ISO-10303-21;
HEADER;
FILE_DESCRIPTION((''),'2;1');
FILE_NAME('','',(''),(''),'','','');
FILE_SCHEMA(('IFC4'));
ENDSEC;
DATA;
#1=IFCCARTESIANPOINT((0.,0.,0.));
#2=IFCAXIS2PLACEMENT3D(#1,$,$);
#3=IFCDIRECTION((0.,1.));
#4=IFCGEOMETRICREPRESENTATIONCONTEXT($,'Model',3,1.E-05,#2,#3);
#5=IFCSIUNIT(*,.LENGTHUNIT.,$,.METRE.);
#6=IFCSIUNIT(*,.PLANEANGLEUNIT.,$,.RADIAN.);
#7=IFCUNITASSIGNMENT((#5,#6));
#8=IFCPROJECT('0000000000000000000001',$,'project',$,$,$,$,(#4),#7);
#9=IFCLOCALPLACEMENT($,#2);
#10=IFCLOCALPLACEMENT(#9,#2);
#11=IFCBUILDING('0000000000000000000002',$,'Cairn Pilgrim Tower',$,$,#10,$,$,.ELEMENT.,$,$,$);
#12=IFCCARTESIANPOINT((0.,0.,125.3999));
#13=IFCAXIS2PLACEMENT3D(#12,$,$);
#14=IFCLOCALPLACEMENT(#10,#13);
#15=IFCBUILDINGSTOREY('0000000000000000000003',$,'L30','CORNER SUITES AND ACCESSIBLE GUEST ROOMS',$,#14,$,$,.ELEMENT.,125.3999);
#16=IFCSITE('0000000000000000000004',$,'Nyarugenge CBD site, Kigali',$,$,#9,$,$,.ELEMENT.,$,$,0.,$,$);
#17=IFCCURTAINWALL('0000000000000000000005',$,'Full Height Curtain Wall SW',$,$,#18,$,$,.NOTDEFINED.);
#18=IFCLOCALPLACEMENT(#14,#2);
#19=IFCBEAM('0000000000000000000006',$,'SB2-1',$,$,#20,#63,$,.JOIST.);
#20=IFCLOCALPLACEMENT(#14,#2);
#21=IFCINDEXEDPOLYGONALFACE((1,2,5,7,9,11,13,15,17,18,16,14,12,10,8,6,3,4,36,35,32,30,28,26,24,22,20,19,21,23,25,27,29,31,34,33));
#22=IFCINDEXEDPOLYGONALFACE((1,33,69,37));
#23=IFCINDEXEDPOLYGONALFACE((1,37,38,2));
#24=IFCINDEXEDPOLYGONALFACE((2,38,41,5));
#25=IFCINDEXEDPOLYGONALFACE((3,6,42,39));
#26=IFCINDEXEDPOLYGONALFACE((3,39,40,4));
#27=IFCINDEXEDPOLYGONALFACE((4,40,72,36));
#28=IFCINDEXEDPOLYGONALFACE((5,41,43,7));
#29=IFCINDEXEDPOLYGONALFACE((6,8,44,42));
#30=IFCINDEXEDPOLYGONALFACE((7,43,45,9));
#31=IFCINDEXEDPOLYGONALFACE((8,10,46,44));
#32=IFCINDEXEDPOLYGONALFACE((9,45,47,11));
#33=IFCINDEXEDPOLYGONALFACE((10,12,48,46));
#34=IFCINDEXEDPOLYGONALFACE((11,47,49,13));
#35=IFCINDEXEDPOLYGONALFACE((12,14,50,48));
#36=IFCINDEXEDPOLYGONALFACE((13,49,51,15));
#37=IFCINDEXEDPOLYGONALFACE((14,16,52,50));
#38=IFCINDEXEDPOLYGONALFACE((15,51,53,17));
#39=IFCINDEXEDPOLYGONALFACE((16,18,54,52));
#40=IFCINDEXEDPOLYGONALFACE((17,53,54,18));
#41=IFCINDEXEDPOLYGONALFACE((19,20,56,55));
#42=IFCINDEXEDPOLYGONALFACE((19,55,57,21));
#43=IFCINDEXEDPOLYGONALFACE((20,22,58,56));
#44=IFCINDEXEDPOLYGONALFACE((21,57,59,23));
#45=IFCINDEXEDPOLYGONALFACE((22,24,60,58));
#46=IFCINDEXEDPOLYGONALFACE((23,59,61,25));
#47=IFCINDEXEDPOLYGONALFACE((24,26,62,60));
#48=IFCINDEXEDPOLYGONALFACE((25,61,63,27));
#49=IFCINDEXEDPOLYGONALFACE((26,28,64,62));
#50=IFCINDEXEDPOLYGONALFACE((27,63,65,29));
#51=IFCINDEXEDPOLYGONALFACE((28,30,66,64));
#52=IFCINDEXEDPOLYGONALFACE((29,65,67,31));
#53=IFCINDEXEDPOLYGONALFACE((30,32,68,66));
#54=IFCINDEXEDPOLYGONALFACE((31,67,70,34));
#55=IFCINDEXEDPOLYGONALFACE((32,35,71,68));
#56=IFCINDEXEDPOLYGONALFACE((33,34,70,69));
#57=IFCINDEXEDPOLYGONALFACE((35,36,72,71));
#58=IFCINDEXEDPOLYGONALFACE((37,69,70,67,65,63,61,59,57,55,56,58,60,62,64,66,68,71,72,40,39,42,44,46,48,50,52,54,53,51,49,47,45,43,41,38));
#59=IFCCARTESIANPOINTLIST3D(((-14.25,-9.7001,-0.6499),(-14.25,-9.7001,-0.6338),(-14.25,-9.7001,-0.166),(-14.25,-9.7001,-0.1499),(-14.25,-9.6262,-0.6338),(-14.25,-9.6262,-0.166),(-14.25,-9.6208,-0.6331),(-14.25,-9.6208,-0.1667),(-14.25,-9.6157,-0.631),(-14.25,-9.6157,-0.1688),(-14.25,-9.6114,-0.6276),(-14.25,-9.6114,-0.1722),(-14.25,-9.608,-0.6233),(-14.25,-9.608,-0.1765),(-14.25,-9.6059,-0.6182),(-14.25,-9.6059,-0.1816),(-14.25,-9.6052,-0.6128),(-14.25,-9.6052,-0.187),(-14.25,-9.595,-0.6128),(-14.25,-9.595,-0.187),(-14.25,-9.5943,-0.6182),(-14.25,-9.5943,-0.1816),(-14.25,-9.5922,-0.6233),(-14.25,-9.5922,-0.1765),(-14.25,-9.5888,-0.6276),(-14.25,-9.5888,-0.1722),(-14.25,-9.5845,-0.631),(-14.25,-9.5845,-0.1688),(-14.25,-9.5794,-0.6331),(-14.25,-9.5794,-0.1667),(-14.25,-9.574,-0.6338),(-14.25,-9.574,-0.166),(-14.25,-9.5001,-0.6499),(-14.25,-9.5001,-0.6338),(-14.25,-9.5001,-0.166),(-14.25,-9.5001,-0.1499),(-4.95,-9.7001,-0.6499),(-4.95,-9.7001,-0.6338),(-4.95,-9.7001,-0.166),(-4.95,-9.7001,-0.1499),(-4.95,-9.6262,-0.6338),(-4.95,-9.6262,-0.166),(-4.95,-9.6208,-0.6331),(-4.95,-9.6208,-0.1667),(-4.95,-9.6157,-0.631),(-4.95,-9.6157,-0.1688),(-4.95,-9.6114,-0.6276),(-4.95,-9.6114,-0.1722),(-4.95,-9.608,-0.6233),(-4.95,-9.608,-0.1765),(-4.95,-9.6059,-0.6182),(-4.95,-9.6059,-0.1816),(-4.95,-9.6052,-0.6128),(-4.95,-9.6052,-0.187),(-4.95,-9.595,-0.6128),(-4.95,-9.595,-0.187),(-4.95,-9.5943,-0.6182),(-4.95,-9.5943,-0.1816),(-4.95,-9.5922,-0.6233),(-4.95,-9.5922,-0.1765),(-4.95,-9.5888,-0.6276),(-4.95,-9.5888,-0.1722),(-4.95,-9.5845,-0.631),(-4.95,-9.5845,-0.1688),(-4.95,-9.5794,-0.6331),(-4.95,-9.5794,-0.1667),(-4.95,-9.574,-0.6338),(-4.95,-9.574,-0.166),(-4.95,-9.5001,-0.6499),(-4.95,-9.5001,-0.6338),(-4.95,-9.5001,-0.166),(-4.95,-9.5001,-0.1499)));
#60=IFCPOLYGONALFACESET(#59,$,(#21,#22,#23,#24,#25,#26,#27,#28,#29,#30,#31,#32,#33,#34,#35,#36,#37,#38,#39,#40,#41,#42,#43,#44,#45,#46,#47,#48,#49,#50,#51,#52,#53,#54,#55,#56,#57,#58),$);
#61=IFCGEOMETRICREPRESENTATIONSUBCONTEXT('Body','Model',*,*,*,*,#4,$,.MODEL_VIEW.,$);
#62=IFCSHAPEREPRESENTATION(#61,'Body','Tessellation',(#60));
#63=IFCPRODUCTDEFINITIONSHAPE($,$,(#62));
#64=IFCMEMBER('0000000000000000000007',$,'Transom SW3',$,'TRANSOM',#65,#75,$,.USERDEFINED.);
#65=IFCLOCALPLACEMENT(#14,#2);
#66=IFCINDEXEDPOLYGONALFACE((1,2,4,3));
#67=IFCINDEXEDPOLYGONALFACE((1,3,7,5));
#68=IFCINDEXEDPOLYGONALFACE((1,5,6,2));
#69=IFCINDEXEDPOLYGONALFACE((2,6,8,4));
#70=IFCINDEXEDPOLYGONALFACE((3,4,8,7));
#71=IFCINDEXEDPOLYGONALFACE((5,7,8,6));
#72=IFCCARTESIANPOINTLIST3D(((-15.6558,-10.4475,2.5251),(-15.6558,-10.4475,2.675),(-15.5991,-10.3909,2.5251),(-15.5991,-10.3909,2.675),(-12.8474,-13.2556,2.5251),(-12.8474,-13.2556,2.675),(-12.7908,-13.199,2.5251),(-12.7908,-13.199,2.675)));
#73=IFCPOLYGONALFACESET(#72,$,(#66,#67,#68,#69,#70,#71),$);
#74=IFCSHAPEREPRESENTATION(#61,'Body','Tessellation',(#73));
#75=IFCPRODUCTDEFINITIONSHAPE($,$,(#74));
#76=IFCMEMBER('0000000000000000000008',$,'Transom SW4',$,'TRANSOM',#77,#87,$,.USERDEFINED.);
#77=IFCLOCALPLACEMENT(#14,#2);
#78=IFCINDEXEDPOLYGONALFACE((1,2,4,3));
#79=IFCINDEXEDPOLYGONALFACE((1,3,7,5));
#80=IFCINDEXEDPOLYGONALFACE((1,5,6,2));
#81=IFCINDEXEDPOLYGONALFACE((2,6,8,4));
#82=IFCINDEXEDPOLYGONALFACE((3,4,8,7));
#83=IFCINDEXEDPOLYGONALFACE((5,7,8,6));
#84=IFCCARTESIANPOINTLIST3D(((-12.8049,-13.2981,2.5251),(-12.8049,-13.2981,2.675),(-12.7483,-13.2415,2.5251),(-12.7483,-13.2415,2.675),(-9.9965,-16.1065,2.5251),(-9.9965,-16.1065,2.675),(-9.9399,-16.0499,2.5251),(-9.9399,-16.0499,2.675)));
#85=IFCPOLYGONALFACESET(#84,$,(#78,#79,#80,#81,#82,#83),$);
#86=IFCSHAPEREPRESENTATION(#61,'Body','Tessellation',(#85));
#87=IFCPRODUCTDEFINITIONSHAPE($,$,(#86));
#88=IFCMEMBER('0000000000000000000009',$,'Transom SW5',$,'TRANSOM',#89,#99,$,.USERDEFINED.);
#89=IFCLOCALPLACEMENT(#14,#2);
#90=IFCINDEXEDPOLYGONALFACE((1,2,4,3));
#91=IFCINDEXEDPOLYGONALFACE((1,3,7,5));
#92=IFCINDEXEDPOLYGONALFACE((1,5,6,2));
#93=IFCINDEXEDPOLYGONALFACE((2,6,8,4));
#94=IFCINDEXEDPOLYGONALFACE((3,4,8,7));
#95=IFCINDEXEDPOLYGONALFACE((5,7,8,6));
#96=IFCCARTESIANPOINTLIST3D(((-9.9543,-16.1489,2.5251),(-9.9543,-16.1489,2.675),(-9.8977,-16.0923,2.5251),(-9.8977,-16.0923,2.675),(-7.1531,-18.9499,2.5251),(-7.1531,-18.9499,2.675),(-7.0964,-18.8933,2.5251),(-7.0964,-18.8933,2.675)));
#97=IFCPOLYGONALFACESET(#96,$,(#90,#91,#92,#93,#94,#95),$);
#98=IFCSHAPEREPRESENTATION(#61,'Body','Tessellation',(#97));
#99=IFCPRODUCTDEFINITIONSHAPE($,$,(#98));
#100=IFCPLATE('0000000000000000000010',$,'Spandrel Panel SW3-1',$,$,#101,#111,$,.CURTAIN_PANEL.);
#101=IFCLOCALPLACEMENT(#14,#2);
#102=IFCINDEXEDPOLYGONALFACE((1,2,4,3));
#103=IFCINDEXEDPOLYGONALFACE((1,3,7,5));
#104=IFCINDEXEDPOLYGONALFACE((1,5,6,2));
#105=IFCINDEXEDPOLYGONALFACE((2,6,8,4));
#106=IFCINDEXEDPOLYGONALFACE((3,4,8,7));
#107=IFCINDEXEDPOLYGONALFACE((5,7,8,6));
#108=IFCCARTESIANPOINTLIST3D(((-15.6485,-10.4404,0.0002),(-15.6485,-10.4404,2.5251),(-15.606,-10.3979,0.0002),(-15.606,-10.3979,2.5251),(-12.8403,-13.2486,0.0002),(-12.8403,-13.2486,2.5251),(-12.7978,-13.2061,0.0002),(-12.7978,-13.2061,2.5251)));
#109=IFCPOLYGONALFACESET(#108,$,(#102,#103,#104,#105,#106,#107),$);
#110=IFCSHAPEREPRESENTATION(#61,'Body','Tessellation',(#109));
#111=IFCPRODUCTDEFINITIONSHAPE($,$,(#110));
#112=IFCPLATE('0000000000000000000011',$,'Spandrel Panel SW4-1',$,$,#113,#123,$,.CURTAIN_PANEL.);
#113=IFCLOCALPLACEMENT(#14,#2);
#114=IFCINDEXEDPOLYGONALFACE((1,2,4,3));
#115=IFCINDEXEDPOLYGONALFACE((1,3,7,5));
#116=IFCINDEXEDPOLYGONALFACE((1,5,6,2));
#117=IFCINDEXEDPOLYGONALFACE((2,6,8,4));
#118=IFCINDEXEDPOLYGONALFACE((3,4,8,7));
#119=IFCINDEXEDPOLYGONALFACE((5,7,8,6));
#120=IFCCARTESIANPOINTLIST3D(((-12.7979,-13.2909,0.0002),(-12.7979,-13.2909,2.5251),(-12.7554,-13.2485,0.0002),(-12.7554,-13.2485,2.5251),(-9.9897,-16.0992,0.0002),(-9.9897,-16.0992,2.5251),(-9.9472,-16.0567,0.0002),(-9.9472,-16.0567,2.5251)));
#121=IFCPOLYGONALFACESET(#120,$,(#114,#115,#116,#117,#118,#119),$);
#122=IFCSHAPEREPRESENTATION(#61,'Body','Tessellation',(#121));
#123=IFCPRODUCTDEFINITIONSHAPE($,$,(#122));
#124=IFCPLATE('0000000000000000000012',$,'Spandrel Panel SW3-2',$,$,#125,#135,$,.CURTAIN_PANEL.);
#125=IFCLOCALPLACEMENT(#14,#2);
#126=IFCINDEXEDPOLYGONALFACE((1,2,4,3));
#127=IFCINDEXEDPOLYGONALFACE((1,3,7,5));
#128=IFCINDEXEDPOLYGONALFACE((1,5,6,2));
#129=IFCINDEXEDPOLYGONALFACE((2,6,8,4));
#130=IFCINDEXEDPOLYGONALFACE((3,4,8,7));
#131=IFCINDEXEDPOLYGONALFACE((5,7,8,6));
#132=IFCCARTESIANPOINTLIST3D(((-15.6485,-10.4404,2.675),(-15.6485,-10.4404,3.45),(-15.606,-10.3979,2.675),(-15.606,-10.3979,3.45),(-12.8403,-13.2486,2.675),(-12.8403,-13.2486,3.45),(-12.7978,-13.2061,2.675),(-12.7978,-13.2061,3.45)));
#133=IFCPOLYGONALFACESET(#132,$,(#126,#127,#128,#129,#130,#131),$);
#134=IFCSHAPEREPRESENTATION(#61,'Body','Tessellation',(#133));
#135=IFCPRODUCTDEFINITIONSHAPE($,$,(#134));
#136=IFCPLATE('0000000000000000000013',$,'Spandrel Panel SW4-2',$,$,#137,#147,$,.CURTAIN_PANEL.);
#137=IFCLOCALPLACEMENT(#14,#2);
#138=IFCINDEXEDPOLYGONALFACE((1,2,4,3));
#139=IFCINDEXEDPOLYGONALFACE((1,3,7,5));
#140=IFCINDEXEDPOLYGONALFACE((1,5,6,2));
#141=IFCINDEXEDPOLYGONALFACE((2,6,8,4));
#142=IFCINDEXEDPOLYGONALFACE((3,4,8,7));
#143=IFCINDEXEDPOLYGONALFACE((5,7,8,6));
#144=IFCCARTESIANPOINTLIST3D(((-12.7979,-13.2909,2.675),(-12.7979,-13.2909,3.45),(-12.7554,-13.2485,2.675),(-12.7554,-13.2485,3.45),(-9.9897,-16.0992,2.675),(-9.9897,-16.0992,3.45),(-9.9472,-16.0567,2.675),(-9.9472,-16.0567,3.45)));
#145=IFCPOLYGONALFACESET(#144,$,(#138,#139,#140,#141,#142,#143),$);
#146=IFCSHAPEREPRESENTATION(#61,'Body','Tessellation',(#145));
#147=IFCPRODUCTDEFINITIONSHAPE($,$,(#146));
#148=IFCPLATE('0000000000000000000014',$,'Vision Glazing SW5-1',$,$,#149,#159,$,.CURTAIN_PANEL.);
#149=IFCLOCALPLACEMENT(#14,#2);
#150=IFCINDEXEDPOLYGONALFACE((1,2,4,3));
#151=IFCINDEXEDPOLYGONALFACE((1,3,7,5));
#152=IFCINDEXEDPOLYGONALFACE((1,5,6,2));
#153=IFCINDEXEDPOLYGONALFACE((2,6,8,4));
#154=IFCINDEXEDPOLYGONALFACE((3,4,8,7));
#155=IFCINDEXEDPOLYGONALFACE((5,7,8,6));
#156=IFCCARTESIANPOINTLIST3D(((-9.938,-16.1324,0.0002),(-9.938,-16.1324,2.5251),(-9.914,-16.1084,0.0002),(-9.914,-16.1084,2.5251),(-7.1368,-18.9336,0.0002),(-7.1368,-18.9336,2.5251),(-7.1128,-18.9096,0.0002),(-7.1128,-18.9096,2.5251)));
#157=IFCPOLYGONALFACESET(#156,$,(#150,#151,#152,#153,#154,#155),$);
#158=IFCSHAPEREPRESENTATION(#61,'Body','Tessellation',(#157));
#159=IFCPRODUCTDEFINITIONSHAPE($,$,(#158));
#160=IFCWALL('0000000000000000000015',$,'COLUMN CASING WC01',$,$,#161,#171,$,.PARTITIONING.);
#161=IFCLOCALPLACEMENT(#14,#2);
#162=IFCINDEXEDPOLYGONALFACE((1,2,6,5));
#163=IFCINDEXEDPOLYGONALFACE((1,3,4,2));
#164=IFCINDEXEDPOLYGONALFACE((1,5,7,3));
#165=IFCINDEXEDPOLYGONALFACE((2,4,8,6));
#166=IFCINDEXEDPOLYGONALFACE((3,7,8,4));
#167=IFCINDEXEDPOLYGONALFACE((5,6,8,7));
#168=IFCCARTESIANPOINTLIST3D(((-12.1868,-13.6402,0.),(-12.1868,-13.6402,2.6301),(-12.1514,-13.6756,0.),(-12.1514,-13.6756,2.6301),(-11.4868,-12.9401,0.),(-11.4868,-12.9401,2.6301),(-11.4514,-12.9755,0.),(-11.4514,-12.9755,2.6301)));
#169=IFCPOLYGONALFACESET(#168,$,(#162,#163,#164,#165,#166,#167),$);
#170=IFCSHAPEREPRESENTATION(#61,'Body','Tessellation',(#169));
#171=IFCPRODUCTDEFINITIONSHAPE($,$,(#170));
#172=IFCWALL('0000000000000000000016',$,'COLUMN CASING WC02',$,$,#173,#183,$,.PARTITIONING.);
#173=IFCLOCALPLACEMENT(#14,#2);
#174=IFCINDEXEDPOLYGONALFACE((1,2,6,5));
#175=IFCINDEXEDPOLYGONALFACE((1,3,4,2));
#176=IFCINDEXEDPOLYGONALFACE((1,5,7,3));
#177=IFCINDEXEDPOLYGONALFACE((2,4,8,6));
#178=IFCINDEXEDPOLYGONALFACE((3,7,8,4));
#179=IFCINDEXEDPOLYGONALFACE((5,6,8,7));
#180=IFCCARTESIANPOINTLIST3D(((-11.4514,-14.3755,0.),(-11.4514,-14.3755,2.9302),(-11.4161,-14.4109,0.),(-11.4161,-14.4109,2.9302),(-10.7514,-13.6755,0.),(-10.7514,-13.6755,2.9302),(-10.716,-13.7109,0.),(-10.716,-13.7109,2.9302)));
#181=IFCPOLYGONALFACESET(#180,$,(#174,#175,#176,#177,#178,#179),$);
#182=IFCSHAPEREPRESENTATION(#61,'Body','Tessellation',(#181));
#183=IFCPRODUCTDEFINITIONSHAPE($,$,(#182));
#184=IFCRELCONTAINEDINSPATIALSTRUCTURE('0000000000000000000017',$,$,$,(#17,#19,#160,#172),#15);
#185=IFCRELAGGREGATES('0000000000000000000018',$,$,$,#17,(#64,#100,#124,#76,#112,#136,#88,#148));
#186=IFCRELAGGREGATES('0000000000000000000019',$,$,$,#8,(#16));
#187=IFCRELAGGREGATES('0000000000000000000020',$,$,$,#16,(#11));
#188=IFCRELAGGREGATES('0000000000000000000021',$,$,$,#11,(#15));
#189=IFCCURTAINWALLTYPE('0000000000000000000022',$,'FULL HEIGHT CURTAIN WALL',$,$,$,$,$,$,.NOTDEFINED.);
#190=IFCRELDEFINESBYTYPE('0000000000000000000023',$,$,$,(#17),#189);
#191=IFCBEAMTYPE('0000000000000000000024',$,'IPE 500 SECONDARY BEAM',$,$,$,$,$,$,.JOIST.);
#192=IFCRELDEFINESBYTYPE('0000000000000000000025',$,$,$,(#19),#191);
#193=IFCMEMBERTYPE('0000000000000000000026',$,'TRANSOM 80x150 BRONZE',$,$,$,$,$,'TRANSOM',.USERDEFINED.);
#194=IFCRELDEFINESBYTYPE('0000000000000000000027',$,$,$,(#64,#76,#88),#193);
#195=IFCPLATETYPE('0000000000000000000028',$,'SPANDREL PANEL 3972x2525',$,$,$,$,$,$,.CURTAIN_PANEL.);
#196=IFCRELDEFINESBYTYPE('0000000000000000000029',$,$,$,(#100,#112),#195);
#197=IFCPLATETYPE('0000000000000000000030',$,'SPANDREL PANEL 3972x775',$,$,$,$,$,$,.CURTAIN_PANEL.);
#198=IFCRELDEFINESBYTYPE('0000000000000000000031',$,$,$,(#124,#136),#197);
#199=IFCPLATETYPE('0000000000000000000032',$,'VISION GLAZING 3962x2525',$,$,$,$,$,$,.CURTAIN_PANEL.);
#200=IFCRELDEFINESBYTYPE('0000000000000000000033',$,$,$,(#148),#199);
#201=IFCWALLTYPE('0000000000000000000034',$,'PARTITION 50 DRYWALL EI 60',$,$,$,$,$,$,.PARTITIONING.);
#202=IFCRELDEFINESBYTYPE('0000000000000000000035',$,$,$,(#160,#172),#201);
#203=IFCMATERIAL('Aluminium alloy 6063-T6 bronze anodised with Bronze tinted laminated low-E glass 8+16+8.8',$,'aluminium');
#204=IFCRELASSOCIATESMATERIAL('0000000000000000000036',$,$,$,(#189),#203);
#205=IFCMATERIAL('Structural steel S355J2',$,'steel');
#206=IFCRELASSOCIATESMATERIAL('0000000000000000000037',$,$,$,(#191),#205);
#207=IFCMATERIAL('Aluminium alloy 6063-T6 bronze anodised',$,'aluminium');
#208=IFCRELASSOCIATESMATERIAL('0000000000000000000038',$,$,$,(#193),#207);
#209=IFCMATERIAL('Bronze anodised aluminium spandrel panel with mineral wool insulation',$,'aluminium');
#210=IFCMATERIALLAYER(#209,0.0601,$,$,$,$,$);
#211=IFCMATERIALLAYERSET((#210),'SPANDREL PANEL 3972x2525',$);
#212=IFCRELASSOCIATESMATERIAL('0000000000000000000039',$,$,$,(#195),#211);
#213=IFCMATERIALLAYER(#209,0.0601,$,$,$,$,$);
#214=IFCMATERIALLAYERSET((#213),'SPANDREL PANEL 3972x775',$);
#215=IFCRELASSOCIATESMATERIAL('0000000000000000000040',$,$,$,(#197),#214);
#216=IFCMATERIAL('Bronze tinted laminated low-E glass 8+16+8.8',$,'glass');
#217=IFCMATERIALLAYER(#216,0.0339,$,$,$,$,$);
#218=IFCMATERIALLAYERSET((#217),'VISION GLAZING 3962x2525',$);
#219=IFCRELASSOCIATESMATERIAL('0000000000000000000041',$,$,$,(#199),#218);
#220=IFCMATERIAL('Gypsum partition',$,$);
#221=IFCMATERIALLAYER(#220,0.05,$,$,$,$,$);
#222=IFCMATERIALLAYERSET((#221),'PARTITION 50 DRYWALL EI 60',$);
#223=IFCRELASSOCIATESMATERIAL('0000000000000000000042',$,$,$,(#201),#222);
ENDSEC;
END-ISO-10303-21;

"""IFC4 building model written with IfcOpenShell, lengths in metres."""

from ifc_helpers import new_model, si_unit, direction, frame, frame_2d, origin, origin_2d, place, context, subcontext, project, spatial, rectangle, i_section, extrude, material, layer, layer_set, material_profile, profile_set, type_object, element, aggregate, save


model = new_model("IFC4")

# Units and contexts
model_context = context("Model", 3, precision=1e-05, world=origin(), true_north=direction((0.0, 1.0)))
body_context = subcontext(model_context, "Body", "Model", "MODEL_VIEW")
ifc_project = project(units=[si_unit("LENGTHUNIT", "METRE"), si_unit("PLANEANGLEUNIT", "RADIAN")], contexts=[model_context])

# Site, building, storey
site_placement = place(None, origin())
site = spatial("IfcSite", under=ifc_project, at=site_placement, Name="Nyarugenge CBD site, Kigali", CompositionType="ELEMENT", RefElevation=0.0)
building_placement = place(site_placement, origin())
building = spatial("IfcBuilding", under=site, at=building_placement, Name="Cairn Pilgrim Tower", CompositionType="ELEMENT")
storey_placement = place(building_placement, frame((0.0, 0.0, 125.3999)))
storey = spatial("IfcBuildingStorey", under=building, at=storey_placement, Name="L30", Description="CORNER SUITES AND ACCESSIBLE GUEST ROOMS", CompositionType="ELEMENT", Elevation=125.3999)

# Shared definitions
ifc_material_1 = material(Name="Structural steel S355J2", Category="steel")

# Curtain wall
ifc_material_2 = material(Name="Aluminium alloy 6063-T6 bronze anodised with Bronze tinted laminated low-E glass 8+16+8.8", Category="aluminium")
curtain_wall_type = type_object("IfcCurtainWallType", Name="FULL HEIGHT CURTAIN WALL", PredefinedType="NOTDEFINED", material=ifc_material_2)
curtain_wall_placement = place(storey_placement, origin())
curtain_wall = element("IfcCurtainWall", 1, at=curtain_wall_placement, inside=storey, type_object=curtain_wall_type, Name="Full Height Curtain Wall SW", PredefinedType="NOTDEFINED")
ifc_material_3 = material(Name="Aluminium alloy 6063-T6 bronze anodised", Category="aluminium")

# Beam
ifc_material_profile_1 = material_profile(ifc_material_1, i_section(OverallWidth=0.2, OverallDepth=0.5, WebThickness=0.0103, FlangeThickness=0.0161, FilletRadius=0.021, at=origin_2d()), Name="IPE 500")
ifc_profile_set_1 = profile_set([ifc_material_profile_1], Name="Structural steel S355J2")
beam_type_1 = type_object("IfcBeamType", Name="IPE 500 SECONDARY BEAM", PredefinedType="JOIST", material=ifc_profile_set_1)
beam_1_placement = place(storey_placement, frame((-14.25, -9.6001, -0.3999), z_axis=(1.0, 0.0, 0.0), x_axis=(0.0, 1.0, 0.0)))
element("IfcBeam", 2, at=beam_1_placement, inside=storey, type_object=beam_type_1, Name="SB2-1", PredefinedType="JOIST", context=body_context, shape_type="SweptSolid", body=[
    extrude(i_section(OverallWidth=0.2, OverallDepth=0.5, WebThickness=0.0103, FlangeThickness=0.0161, FilletRadius=0.021, at=origin_2d()), origin(), (0.0, 0.0, 1.0), 9.3),
])

# Members
ifc_material_profile_2 = material_profile(ifc_material_3, rectangle(XDim=0.0801, YDim=0.1499, at=origin_2d()), Name="TRANSOM 80x150 BRONZE")
ifc_profile_set_2 = profile_set([ifc_material_profile_2], Name="Aluminium alloy 6063-T6 bronze anodised")
member_type_1 = type_object("IfcMemberType", Name="TRANSOM 80x150 BRONZE", ElementType="TRANSOM", PredefinedType="USERDEFINED", material=ifc_profile_set_2)
member_1_placement = place(storey_placement, frame((-15.6274, -10.4192, 2.6001), z_axis=(0.707138, -0.707076, 0.0), x_axis=(0.707076, 0.707138, 0.0)))
member_1 = element("IfcMember", 3, at=member_1_placement, type_object=member_type_1, Name="Transom SW3", ObjectType="TRANSOM", PredefinedType="USERDEFINED", context=body_context, shape_type="SweptSolid", body=[
    extrude(rectangle(XDim=0.0801, YDim=0.1499, at=origin_2d()), origin(), (0.0, 0.0, 1.0), 3.9714),
])
member_2_placement = place(storey_placement, frame((-12.7766, -13.2698, 2.6001), z_axis=(0.707107, -0.707107, 0.0), x_axis=(0.707107, 0.707107, 0.0)))
member_2 = element("IfcMember", 4, at=member_2_placement, type_object=member_type_1, Name="Transom SW4", ObjectType="TRANSOM", PredefinedType="USERDEFINED", context=body_context, shape_type="SweptSolid", body=[
    extrude(rectangle(XDim=0.0801, YDim=0.1499, at=origin_2d()), origin(), (0.0, 0.0, 1.0), 3.9717),
])
member_3_placement = place(storey_placement, frame((-9.926, -16.1206, 2.6001), z_axis=(0.707138, -0.707076, 0.0), x_axis=(0.707076, 0.707138, 0.0)))
member_3 = element("IfcMember", 5, at=member_3_placement, type_object=member_type_1, Name="Transom SW5", ObjectType="TRANSOM", PredefinedType="USERDEFINED", context=body_context, shape_type="SweptSolid", body=[
    extrude(rectangle(XDim=0.0801, YDim=0.1499, at=origin_2d()), origin(), (0.0, 0.0, 1.0), 3.9614),
])

# Plates
ifc_material_4 = material(Name="Bronze anodised aluminium spandrel panel with mineral wool insulation", Category="aluminium")
ifc_layer_1 = layer(ifc_material_4, 0.0601)
ifc_layer_set_1 = layer_set([ifc_layer_1], Name="SPANDREL PANEL 3972x2525")
plate_type_1 = type_object("IfcPlateType", Name="SPANDREL PANEL 3972x2525", PredefinedType="CURTAIN_PANEL", material=ifc_layer_set_1)
plate_1_placement = place(storey_placement, frame((-14.2231, -11.8232, 0.0002), z_axis=(0.0, 0.0, 1.0), x_axis=(0.707107, -0.707107, 0.0)))
plate_1 = element("IfcPlate", 6, at=plate_1_placement, type_object=plate_type_1, Name="Spandrel Panel SW3-1", PredefinedType="CURTAIN_PANEL", context=body_context, shape_type="SweptSolid", body=[
    extrude(rectangle(XDim=3.9714, YDim=0.0601, at=origin_2d()), origin(), (0.0, 0.0, 1.0), 2.5249),
])
plate_2_placement = place(storey_placement, frame((-11.3726, -14.6738, 0.0002), z_axis=(0.0, 0.0, 1.0), x_axis=(0.707107, -0.707107, 0.0)))
plate_2 = element("IfcPlate", 7, at=plate_2_placement, type_object=plate_type_1, Name="Spandrel Panel SW4-1", PredefinedType="CURTAIN_PANEL", context=body_context, shape_type="SweptSolid", body=[
    extrude(rectangle(XDim=3.9714, YDim=0.0601, at=origin_2d()), origin(), (0.0, 0.0, 1.0), 2.5249),
])
ifc_layer_2 = layer(ifc_material_4, 0.0601)
ifc_layer_set_2 = layer_set([ifc_layer_2], Name="SPANDREL PANEL 3972x775")
plate_type_2 = type_object("IfcPlateType", Name="SPANDREL PANEL 3972x775", PredefinedType="CURTAIN_PANEL", material=ifc_layer_set_2)
plate_3_placement = place(storey_placement, frame((-14.2231, -11.8232, 2.675), z_axis=(0.0, 0.0, 1.0), x_axis=(0.707107, -0.707107, 0.0)))
plate_3 = element("IfcPlate", 8, at=plate_3_placement, type_object=plate_type_2, Name="Spandrel Panel SW3-2", PredefinedType="CURTAIN_PANEL", context=body_context, shape_type="SweptSolid", body=[
    extrude(rectangle(XDim=3.9714, YDim=0.0601, at=origin_2d()), origin(), (0.0, 0.0, 1.0), 0.7749),
])
plate_4_placement = place(storey_placement, frame((-11.3726, -14.6738, 2.675), z_axis=(0.0, 0.0, 1.0), x_axis=(0.707107, -0.707107, 0.0)))
plate_4 = element("IfcPlate", 9, at=plate_4_placement, type_object=plate_type_2, Name="Spandrel Panel SW4-2", PredefinedType="CURTAIN_PANEL", context=body_context, shape_type="SweptSolid", body=[
    extrude(rectangle(XDim=3.9714, YDim=0.0601, at=origin_2d()), origin(), (0.0, 0.0, 1.0), 0.7749),
])
ifc_material_5 = material(Name="Bronze tinted laminated low-E glass 8+16+8.8", Category="glass")
ifc_layer_3 = layer(ifc_material_5, 0.0339)
ifc_layer_set_3 = layer_set([ifc_layer_3], Name="VISION GLAZING 3962x2525")
plate_type_3 = type_object("IfcPlateType", Name="VISION GLAZING 3962x2525", PredefinedType="CURTAIN_PANEL", material=ifc_layer_set_3)
plate_5_placement = place(storey_placement, frame((-8.5254, -17.521, 0.0002), z_axis=(0.0, 0.0, 1.0), x_axis=(0.707107, -0.707107, 0.0)))
plate_5 = element("IfcPlate", 10, at=plate_5_placement, type_object=plate_type_3, Name="Vision Glazing SW5-1", PredefinedType="CURTAIN_PANEL", context=body_context, shape_type="SweptSolid", body=[
    extrude(rectangle(XDim=3.9614, YDim=0.0339, at=origin_2d()), origin(), (0.0, 0.0, 1.0), 2.5249),
])
aggregate(curtain_wall, [member_1, plate_1, plate_3, member_2, plate_2, plate_4, member_3, plate_5])

# Walls
ifc_material_6 = material(Name="Gypsum partition")
ifc_layer_4 = layer(ifc_material_6, 0.05)
ifc_layer_set_4 = layer_set([ifc_layer_4], Name="PARTITION 50 DRYWALL EI 60")
wall_type_1 = type_object("IfcWallType", Name="PARTITION 50 DRYWALL EI 60", PredefinedType="PARTITIONING", material=ifc_layer_set_4)
wall_1_placement = place(storey_placement, frame((-12.1692, -13.658, 0.0), z_axis=(0.0, 0.0, 1.0), x_axis=(0.707107, 0.707107, 0.0)))
element("IfcWall", 11, at=wall_1_placement, inside=storey, type_object=wall_type_1, Name="COLUMN CASING WC01", PredefinedType="PARTITIONING", context=body_context, shape_type="SweptSolid", body=[
    extrude(rectangle(XDim=0.99, YDim=0.05, at=frame_2d((0.4951, 0.0))), origin(), (0.0, 0.0, 1.0), 2.6301),
])
wall_2_placement = place(storey_placement, frame((-11.4338, -14.3933, 0.0), z_axis=(0.0, 0.0, 1.0), x_axis=(0.707107, 0.707107, 0.0)))
element("IfcWall", 12, at=wall_2_placement, inside=storey, type_object=wall_type_1, Name="COLUMN CASING WC02", PredefinedType="PARTITIONING", context=body_context, shape_type="SweptSolid", body=[
    extrude(rectangle(XDim=0.99, YDim=0.05, at=frame_2d((0.4951, 0.0))), origin(), (0.0, 0.0, 1.0), 2.9302),
])

save(model, "model.ifc")
